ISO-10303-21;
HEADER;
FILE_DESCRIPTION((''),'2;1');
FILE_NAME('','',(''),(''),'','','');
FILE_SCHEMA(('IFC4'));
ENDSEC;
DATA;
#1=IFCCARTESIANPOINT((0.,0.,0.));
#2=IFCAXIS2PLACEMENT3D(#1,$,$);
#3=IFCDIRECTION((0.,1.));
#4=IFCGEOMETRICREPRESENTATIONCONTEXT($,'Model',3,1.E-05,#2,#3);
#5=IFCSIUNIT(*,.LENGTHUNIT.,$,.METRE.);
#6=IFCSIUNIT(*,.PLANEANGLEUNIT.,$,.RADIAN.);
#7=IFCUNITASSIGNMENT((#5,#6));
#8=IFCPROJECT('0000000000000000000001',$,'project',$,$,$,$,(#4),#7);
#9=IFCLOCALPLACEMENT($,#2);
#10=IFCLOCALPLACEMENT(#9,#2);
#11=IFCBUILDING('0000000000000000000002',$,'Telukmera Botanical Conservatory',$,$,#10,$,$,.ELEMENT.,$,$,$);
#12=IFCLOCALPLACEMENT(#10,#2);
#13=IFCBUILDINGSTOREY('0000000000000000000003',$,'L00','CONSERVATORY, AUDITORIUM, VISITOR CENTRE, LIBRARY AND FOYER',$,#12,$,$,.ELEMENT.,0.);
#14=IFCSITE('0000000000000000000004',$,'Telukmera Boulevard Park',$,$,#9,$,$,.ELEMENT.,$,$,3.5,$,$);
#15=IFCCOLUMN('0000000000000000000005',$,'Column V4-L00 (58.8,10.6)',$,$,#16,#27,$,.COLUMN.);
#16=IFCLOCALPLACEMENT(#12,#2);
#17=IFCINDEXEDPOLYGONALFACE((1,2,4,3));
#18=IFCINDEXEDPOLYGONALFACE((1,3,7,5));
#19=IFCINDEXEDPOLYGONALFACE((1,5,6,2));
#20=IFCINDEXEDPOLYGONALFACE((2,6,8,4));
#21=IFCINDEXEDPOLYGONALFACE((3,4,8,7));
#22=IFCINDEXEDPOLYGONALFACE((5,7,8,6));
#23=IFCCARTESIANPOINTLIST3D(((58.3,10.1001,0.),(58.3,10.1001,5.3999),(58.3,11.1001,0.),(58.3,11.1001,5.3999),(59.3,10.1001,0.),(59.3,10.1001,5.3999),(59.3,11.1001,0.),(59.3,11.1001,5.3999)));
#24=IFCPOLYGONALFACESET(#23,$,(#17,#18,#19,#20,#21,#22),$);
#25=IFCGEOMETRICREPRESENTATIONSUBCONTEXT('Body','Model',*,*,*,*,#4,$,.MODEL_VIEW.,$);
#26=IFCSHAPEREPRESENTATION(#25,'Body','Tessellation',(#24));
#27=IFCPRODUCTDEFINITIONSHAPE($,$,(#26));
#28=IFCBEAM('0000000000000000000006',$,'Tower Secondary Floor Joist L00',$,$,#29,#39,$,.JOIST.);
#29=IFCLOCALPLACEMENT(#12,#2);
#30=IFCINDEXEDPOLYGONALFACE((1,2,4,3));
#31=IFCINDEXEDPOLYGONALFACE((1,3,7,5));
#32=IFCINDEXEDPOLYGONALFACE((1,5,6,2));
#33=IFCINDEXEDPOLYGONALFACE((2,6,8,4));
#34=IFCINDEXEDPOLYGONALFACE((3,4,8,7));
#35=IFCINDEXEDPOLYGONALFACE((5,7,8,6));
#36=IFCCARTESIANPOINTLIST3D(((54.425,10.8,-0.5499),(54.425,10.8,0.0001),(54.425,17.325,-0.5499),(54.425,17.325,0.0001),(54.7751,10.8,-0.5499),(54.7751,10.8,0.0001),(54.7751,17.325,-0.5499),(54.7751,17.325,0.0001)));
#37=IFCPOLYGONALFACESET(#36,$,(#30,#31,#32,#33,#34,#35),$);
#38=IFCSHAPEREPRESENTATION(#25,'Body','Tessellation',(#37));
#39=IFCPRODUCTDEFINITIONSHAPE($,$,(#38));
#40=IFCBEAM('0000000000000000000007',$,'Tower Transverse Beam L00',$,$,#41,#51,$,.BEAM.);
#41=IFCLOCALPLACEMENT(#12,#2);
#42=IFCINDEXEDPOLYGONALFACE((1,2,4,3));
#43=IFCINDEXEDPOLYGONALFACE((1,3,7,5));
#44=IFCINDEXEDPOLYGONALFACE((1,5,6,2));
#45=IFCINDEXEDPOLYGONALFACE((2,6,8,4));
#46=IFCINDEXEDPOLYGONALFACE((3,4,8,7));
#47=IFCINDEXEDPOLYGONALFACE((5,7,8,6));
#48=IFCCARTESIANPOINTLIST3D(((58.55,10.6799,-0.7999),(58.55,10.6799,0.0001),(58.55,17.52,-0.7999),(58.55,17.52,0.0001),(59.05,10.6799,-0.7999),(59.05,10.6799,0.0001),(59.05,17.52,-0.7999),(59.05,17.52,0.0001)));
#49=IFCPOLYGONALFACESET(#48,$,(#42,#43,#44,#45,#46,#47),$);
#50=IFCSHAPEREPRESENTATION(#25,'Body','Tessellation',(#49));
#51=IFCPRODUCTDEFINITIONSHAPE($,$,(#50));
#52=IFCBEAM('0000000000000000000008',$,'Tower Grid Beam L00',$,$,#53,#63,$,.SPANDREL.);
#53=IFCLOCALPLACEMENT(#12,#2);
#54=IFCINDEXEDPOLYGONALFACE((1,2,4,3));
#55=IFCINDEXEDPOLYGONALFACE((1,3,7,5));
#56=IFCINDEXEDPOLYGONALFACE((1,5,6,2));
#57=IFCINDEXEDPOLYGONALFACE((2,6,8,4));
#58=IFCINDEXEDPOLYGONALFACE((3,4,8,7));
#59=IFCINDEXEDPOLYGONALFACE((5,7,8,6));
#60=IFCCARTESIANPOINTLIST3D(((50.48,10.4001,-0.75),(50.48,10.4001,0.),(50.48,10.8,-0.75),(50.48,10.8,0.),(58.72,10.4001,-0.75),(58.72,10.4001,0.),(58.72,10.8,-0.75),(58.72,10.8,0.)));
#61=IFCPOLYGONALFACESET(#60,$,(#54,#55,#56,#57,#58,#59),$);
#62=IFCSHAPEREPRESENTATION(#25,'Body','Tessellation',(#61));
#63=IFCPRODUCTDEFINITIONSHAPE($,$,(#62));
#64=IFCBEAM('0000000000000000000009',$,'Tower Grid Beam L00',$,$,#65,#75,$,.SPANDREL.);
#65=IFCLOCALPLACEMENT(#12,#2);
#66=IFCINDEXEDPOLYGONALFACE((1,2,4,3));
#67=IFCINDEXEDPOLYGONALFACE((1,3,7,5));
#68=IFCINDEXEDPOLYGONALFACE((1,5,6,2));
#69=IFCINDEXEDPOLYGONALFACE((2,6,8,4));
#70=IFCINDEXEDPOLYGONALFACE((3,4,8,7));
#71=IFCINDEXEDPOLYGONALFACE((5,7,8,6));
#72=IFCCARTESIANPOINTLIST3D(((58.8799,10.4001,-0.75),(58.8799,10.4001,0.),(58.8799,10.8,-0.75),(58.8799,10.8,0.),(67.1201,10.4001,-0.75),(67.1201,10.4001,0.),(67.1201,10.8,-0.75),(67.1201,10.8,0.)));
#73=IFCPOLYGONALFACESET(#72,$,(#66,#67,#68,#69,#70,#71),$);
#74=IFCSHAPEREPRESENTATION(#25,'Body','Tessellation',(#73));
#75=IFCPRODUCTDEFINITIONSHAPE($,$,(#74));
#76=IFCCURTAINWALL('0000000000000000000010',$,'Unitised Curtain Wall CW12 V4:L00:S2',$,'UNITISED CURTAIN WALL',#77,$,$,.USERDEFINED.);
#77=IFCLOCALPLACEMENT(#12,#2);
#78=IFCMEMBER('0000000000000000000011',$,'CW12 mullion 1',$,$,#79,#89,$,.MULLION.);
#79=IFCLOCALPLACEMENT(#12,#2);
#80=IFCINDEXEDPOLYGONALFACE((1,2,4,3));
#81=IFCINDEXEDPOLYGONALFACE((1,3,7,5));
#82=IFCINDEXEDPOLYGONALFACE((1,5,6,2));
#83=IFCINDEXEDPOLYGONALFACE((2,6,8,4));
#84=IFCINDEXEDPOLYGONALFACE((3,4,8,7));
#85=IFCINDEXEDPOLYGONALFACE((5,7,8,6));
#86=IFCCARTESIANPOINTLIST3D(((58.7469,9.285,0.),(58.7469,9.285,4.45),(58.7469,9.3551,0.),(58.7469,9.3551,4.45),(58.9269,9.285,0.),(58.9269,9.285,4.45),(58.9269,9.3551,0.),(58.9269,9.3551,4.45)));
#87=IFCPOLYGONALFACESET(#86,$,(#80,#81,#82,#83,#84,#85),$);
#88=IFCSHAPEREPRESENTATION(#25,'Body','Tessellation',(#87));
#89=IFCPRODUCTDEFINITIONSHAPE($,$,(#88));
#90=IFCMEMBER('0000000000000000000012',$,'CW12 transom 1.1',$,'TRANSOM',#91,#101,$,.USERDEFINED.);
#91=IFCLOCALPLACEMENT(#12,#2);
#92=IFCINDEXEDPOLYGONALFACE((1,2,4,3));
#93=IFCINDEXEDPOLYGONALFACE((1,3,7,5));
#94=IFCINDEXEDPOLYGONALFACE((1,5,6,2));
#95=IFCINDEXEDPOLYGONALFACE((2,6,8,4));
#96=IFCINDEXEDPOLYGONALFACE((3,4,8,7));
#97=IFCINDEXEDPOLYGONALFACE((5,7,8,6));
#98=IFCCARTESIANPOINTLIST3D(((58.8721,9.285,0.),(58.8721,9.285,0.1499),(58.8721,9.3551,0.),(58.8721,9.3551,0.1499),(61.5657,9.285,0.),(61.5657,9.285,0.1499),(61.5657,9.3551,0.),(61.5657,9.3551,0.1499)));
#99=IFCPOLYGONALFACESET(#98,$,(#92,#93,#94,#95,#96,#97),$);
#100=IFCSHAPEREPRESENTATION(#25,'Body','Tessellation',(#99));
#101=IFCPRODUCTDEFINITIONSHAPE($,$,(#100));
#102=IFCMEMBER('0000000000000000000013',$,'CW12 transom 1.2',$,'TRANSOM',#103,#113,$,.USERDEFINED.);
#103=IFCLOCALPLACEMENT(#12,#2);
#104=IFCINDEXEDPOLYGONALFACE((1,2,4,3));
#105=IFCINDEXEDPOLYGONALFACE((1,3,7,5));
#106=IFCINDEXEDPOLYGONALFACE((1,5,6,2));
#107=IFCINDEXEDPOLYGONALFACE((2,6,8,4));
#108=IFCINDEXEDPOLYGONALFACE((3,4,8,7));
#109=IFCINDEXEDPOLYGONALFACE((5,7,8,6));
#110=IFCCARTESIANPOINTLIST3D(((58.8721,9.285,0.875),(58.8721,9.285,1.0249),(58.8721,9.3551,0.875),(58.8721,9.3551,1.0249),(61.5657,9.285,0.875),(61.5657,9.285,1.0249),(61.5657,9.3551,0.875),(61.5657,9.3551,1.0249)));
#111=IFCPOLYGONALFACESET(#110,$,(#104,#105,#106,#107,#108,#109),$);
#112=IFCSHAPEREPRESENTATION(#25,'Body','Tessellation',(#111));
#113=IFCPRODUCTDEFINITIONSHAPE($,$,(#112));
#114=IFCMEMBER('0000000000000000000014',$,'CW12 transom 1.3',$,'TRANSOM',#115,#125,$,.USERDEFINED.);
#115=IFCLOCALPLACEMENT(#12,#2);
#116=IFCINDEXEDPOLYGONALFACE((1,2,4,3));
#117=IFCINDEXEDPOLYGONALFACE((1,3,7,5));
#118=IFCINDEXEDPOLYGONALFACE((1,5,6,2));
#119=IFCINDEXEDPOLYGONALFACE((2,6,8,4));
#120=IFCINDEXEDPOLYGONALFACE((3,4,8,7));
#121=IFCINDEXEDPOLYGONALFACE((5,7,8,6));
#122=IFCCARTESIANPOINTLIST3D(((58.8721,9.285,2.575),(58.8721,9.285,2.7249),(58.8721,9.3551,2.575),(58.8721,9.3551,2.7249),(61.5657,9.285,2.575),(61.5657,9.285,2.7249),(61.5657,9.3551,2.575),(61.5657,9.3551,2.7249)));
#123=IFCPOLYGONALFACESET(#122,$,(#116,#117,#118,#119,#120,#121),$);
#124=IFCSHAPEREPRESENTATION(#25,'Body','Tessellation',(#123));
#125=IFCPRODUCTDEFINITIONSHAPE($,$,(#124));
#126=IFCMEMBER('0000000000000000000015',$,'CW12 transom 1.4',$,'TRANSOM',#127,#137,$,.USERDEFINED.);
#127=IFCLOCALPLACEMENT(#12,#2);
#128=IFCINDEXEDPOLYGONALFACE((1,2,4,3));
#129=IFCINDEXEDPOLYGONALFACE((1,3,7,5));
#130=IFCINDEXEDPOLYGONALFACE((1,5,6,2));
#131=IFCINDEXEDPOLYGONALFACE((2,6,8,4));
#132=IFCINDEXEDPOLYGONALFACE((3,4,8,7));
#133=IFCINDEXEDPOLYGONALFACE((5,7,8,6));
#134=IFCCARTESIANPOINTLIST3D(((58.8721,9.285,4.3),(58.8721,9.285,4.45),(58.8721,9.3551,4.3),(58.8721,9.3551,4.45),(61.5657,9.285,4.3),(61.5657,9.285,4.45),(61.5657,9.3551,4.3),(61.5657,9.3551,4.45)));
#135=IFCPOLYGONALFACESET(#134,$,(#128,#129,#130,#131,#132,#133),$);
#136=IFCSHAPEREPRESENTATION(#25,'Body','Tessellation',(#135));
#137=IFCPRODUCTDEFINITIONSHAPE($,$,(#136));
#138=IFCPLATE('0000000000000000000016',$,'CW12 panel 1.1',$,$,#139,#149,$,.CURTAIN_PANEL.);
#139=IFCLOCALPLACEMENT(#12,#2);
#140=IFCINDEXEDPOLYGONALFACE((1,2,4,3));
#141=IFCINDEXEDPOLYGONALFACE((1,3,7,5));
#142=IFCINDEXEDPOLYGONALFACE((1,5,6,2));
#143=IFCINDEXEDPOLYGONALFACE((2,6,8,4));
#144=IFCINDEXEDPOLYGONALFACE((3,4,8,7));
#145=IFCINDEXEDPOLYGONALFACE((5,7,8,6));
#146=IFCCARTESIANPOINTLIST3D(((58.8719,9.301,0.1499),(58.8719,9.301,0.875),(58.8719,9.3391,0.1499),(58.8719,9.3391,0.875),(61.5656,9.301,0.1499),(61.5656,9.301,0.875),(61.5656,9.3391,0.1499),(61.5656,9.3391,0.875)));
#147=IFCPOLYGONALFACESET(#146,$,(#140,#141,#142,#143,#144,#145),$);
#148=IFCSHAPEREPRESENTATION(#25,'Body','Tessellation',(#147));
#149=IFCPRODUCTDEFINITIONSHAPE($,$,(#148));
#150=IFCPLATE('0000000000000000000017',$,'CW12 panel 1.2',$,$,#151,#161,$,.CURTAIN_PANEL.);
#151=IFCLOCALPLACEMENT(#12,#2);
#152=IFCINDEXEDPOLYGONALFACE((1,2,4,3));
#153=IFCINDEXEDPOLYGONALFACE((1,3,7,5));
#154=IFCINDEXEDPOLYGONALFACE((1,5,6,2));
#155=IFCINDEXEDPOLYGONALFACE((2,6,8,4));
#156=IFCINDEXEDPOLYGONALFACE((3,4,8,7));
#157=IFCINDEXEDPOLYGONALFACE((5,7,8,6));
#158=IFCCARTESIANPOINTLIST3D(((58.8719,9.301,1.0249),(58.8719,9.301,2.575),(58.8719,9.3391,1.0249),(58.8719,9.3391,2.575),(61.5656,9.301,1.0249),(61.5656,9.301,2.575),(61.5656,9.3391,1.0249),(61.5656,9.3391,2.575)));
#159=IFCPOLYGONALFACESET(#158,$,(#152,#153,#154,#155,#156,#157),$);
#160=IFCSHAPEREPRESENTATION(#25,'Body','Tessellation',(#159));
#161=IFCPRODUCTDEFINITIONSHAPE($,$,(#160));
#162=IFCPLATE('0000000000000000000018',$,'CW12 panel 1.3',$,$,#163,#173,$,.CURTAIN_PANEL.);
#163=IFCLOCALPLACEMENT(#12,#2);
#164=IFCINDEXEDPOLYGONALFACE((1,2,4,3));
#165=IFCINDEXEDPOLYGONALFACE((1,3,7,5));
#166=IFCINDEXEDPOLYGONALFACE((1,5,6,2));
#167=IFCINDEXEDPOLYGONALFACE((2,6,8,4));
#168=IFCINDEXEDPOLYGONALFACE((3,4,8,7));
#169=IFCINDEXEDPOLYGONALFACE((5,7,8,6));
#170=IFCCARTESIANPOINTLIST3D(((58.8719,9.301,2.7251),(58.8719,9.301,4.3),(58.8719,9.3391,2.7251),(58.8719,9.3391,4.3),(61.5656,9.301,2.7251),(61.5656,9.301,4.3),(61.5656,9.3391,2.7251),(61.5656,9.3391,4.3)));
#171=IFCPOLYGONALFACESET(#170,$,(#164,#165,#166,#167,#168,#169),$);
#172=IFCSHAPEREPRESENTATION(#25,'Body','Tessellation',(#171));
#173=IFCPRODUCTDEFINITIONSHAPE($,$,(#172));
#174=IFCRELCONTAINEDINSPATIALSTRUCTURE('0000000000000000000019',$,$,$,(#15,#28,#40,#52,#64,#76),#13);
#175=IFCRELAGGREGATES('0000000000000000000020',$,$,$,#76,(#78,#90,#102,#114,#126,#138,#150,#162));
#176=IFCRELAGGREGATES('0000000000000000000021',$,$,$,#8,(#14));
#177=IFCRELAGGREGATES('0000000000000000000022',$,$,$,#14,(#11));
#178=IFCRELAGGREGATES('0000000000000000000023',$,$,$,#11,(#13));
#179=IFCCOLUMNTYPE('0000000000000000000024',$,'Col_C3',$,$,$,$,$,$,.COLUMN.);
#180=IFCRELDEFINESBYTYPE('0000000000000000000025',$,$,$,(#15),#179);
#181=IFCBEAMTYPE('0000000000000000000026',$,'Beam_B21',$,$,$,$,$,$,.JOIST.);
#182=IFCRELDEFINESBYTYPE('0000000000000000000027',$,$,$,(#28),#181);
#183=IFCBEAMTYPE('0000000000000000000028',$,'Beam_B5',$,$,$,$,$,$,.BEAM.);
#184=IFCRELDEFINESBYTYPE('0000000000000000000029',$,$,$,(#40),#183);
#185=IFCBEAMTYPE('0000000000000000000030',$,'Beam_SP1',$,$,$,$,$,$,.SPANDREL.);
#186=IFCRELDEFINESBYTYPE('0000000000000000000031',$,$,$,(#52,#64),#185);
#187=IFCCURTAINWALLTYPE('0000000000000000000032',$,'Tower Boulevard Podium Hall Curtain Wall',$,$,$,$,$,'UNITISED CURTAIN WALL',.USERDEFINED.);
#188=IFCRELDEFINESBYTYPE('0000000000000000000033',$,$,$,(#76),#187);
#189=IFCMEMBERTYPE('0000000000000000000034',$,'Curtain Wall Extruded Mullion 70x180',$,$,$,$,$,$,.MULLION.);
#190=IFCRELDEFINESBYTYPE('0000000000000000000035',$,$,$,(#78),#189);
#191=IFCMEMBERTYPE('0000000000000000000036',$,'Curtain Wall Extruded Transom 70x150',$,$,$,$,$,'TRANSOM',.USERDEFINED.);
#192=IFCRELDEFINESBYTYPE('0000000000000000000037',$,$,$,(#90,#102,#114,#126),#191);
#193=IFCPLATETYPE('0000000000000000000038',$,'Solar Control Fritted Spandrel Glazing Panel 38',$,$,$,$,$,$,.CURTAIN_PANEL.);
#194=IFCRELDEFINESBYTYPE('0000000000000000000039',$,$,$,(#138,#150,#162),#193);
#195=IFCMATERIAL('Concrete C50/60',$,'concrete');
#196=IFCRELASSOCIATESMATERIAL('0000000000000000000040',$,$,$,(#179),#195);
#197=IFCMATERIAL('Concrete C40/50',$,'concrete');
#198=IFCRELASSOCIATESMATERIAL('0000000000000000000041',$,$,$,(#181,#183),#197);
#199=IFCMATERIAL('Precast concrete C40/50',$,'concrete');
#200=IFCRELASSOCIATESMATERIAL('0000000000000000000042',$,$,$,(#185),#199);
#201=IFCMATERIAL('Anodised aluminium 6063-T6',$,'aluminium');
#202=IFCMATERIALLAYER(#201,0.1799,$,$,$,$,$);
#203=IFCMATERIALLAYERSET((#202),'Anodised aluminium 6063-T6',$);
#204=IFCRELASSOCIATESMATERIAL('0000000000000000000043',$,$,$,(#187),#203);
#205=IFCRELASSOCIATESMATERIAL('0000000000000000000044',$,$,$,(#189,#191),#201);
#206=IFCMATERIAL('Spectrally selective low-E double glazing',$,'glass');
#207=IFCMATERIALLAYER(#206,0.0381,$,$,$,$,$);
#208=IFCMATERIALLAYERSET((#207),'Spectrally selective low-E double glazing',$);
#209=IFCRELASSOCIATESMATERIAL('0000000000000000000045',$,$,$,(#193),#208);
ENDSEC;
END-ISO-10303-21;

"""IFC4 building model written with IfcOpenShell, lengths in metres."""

from ifc_helpers import new_model, si_unit, direction, frame, origin, origin_2d, place, context, subcontext, project, spatial, rectangle, extrude, material, layer, layer_set, material_profile, profile_set, type_object, element, aggregate, save


model = new_model("IFC4")

# Units and contexts
model_context = context("Model", 3, precision=1e-05, world=origin(), true_north=direction((0.0, 1.0)))
body_context = subcontext(model_context, "Body", "Model", "MODEL_VIEW")
ifc_project = project(units=[si_unit("LENGTHUNIT", "METRE"), si_unit("PLANEANGLEUNIT", "RADIAN")], contexts=[model_context])

# Site, building, storey
site_placement = place(None, origin())
site = spatial("IfcSite", under=ifc_project, at=site_placement, Name="Telukmera Boulevard Park", CompositionType="ELEMENT", RefElevation=3.5)
building_placement = place(site_placement, origin())
building = spatial("IfcBuilding", under=site, at=building_placement, Name="Telukmera Botanical Conservatory", CompositionType="ELEMENT")
storey_placement = place(building_placement, origin())
storey = spatial("IfcBuildingStorey", under=building, at=storey_placement, Name="L00", Description="CONSERVATORY, AUDITORIUM, VISITOR CENTRE, LIBRARY AND FOYER", CompositionType="ELEMENT", Elevation=0.0)

# Column
ifc_material_1 = material(Name="Concrete C50/60", Category="concrete")
ifc_material_profile_1 = material_profile(ifc_material_1, rectangle(XDim=1.0, YDim=1.0, at=origin_2d()), Name="RC 1000x1000")
ifc_profile_set_1 = profile_set([ifc_material_profile_1], Name="Concrete C50/60")
column_type = type_object("IfcColumnType", Name="Col_C3", PredefinedType="COLUMN", material=ifc_profile_set_1)
column_placement = place(storey_placement, frame((58.8, 10.6001, 0.0), z_axis=(0.0, 0.0, 1.0), x_axis=(1.0, 0.0, 0.0)))
element("IfcColumn", 1, at=column_placement, inside=storey, type_object=column_type, Name="Column V4-L00 (58.8,10.6)", PredefinedType="COLUMN", context=body_context, shape_type="SweptSolid", body=[
    extrude(rectangle(XDim=1.0, YDim=1.0, at=origin_2d()), origin(), (0.0, 0.0, 1.0), 5.3999),
])

# Beams
ifc_material_2 = material(Name="Concrete C40/50", Category="concrete")
ifc_material_profile_2 = material_profile(ifc_material_2, rectangle(XDim=0.3501, YDim=0.55, at=origin_2d()), Name="RC 350x550")
ifc_profile_set_2 = profile_set([ifc_material_profile_2], Name="Concrete C40/50")
beam_type_1 = type_object("IfcBeamType", Name="Beam_B21", PredefinedType="JOIST", material=ifc_profile_set_2)
beam_1_placement = place(storey_placement, frame((54.6001, 10.8, -0.2749), z_axis=(0.0, 1.0, 0.0), x_axis=(-1.0, 0.0, 0.0)))
element("IfcBeam", 2, at=beam_1_placement, inside=storey, type_object=beam_type_1, Name="Tower Secondary Floor Joist L00", PredefinedType="JOIST", context=body_context, shape_type="SweptSolid", body=[
    extrude(rectangle(XDim=0.3501, YDim=0.55, at=origin_2d()), origin(), (0.0, 0.0, 1.0), 6.5249),
])
ifc_material_profile_3 = material_profile(ifc_material_2, rectangle(XDim=0.5, YDim=0.8, at=origin_2d()), Name="RC 500x800")
ifc_profile_set_3 = profile_set([ifc_material_profile_3], Name="Concrete C40/50")
beam_type_2 = type_object("IfcBeamType", Name="Beam_B5", PredefinedType="BEAM", material=ifc_profile_set_3)
beam_2_placement = place(storey_placement, frame((58.8, 10.6799, -0.3999), z_axis=(0.0, 1.0, 0.0), x_axis=(-1.0, 0.0, 0.0)))
element("IfcBeam", 3, at=beam_2_placement, inside=storey, type_object=beam_type_2, Name="Tower Transverse Beam L00", PredefinedType="BEAM", context=body_context, shape_type="SweptSolid", body=[
    extrude(rectangle(XDim=0.5, YDim=0.8, at=origin_2d()), origin(), (0.0, 0.0, 1.0), 6.8401),
])
ifc_material_3 = material(Name="Precast concrete C40/50", Category="concrete")
ifc_material_profile_4 = material_profile(ifc_material_3, rectangle(XDim=0.3999, YDim=0.75, at=origin_2d()), Name="PC 400x750")
ifc_profile_set_4 = profile_set([ifc_material_profile_4], Name="Precast concrete C40/50")
beam_type_3 = type_object("IfcBeamType", Name="Beam_SP1", PredefinedType="SPANDREL", material=ifc_profile_set_4)
beam_3_placement = place(storey_placement, frame((50.48, 10.6001, -0.375), z_axis=(1.0, 0.0, 0.0), x_axis=(0.0, 1.0, 0.0)))
element("IfcBeam", 4, at=beam_3_placement, inside=storey, type_object=beam_type_3, Name="Tower Grid Beam L00", PredefinedType="SPANDREL", context=body_context, shape_type="SweptSolid", body=[
    extrude(rectangle(XDim=0.3999, YDim=0.75, at=origin_2d()), origin(), (0.0, 0.0, 1.0), 8.24),
])
beam_4_placement = place(storey_placement, frame((58.8799, 10.6001, -0.375), z_axis=(1.0, 0.0, 0.0), x_axis=(0.0, 1.0, 0.0)))
element("IfcBeam", 5, at=beam_4_placement, inside=storey, type_object=beam_type_3, Name="Tower Grid Beam L00", PredefinedType="SPANDREL", context=body_context, shape_type="SweptSolid", body=[
    extrude(rectangle(XDim=0.3999, YDim=0.75, at=origin_2d()), origin(), (0.0, 0.0, 1.0), 8.2402),
])

# Curtain wall, members, plates
ifc_material_4 = material(Name="Anodised aluminium 6063-T6", Category="aluminium")
ifc_layer_1 = layer(ifc_material_4, 0.1799)
ifc_layer_set_1 = layer_set([ifc_layer_1], Name="Anodised aluminium 6063-T6")
curtain_wall_type = type_object("IfcCurtainWallType", Name="Tower Boulevard Podium Hall Curtain Wall", ElementType="UNITISED CURTAIN WALL", PredefinedType="USERDEFINED", material=ifc_layer_set_1)
curtain_wall_placement = place(storey_placement, origin())
curtain_wall = element("IfcCurtainWall", 6, at=curtain_wall_placement, inside=storey, type_object=curtain_wall_type, Name="Unitised Curtain Wall CW12 V4:L00:S2", ObjectType="UNITISED CURTAIN WALL", PredefinedType="USERDEFINED")
ifc_material_profile_5 = material_profile(ifc_material_4, rectangle(XDim=0.0701, YDim=0.1799, at=origin_2d()), Name="ALU MULL 70x180")
ifc_profile_set_5 = profile_set([ifc_material_profile_5], Name="Anodised aluminium 6063-T6")
member_type_1 = type_object("IfcMemberType", Name="Curtain Wall Extruded Mullion 70x180", PredefinedType="MULLION", material=ifc_profile_set_5)
member_1_placement = place(storey_placement, frame((58.8369, 9.3201, 0.0), z_axis=(0.0, 0.0, 1.0), x_axis=(0.0, 1.0, 0.0)))
member_1 = element("IfcMember", 7, at=member_1_placement, type_object=member_type_1, Name="CW12 mullion 1", PredefinedType="MULLION", context=body_context, shape_type="SweptSolid", body=[
    extrude(rectangle(XDim=0.0701, YDim=0.1799, at=origin_2d()), origin(), (0.0, 0.0, 1.0), 4.45),
])
ifc_material_profile_6 = material_profile(ifc_material_4, rectangle(XDim=0.0701, YDim=0.1499, at=origin_2d()), Name="ALU TRAN 70x150")
ifc_profile_set_6 = profile_set([ifc_material_profile_6], Name="Anodised aluminium 6063-T6")
member_type_2 = type_object("IfcMemberType", Name="Curtain Wall Extruded Transom 70x150", ElementType="TRANSOM", PredefinedType="USERDEFINED", material=ifc_profile_set_6)
member_2_placement = place(storey_placement, frame((58.8721, 9.3201, 0.075), z_axis=(1.0, 0.0, 0.0), x_axis=(0.0, 1.0, 0.0)))
member_2 = element("IfcMember", 8, at=member_2_placement, type_object=member_type_2, Name="CW12 transom 1.1", ObjectType="TRANSOM", PredefinedType="USERDEFINED", context=body_context, shape_type="SweptSolid", body=[
    extrude(rectangle(XDim=0.0701, YDim=0.1499, at=origin_2d()), origin(), (0.0, 0.0, 1.0), 2.6936),
])
member_3_placement = place(storey_placement, frame((58.8721, 9.3201, 0.95), z_axis=(1.0, 0.0, 0.0), x_axis=(0.0, 1.0, 0.0)))
member_3 = element("IfcMember", 9, at=member_3_placement, type_object=member_type_2, Name="CW12 transom 1.2", ObjectType="TRANSOM", PredefinedType="USERDEFINED", context=body_context, shape_type="SweptSolid", body=[
    extrude(rectangle(XDim=0.0701, YDim=0.1499, at=origin_2d()), origin(), (0.0, 0.0, 1.0), 2.6936),
])
member_4_placement = place(storey_placement, frame((58.8721, 9.3201, 2.6499), z_axis=(1.0, 0.0, 0.0), x_axis=(0.0, 1.0, 0.0)))
member_4 = element("IfcMember", 10, at=member_4_placement, type_object=member_type_2, Name="CW12 transom 1.3", ObjectType="TRANSOM", PredefinedType="USERDEFINED", context=body_context, shape_type="SweptSolid", body=[
    extrude(rectangle(XDim=0.0701, YDim=0.1499, at=origin_2d()), origin(), (0.0, 0.0, 1.0), 2.6936),
])
member_5_placement = place(storey_placement, frame((58.8721, 9.3201, 4.375), z_axis=(1.0, 0.0, 0.0), x_axis=(0.0, 1.0, 0.0)))
member_5 = element("IfcMember", 11, at=member_5_placement, type_object=member_type_2, Name="CW12 transom 1.4", ObjectType="TRANSOM", PredefinedType="USERDEFINED", context=body_context, shape_type="SweptSolid", body=[
    extrude(rectangle(XDim=0.0701, YDim=0.1499, at=origin_2d()), origin(), (0.0, 0.0, 1.0), 2.6936),
])
ifc_material_5 = material(Name="Spectrally selective low-E double glazing", Category="glass")
ifc_layer_2 = layer(ifc_material_5, 0.0381)
ifc_layer_set_2 = layer_set([ifc_layer_2], Name="Spectrally selective low-E double glazing")
plate_type = type_object("IfcPlateType", Name="Solar Control Fritted Spandrel Glazing Panel 38", PredefinedType="CURTAIN_PANEL", material=ifc_layer_set_2)
plate_1_placement = place(storey_placement, frame((60.2188, 9.3201, 0.1499), z_axis=(0.0, 0.0, 1.0), x_axis=(1.0, 0.0, 0.0)))
plate_1 = element("IfcPlate", 12, at=plate_1_placement, type_object=plate_type, Name="CW12 panel 1.1", PredefinedType="CURTAIN_PANEL", context=body_context, shape_type="SweptSolid", body=[
    extrude(rectangle(XDim=2.6936, YDim=0.0381, at=origin_2d()), origin(), (0.0, 0.0, 1.0), 0.7251),
])
plate_2_placement = place(storey_placement, frame((60.2188, 9.3201, 1.0249), z_axis=(0.0, 0.0, 1.0), x_axis=(1.0, 0.0, 0.0)))
plate_2 = element("IfcPlate", 13, at=plate_2_placement, type_object=plate_type, Name="CW12 panel 1.2", PredefinedType="CURTAIN_PANEL", context=body_context, shape_type="SweptSolid", body=[
    extrude(rectangle(XDim=2.6936, YDim=0.0381, at=origin_2d()), origin(), (0.0, 0.0, 1.0), 1.55),
])
plate_3_placement = place(storey_placement, frame((60.2188, 9.3201, 2.7251), z_axis=(0.0, 0.0, 1.0), x_axis=(1.0, 0.0, 0.0)))
plate_3 = element("IfcPlate", 14, at=plate_3_placement, type_object=plate_type, Name="CW12 panel 1.3", PredefinedType="CURTAIN_PANEL", context=body_context, shape_type="SweptSolid", body=[
    extrude(rectangle(XDim=2.6936, YDim=0.0381, at=origin_2d()), origin(), (0.0, 0.0, 1.0), 1.575),
])
aggregate(curtain_wall, [member_1, member_2, member_3, member_4, member_5, plate_1, plate_2, plate_3])

save(model, "model.ifc")
